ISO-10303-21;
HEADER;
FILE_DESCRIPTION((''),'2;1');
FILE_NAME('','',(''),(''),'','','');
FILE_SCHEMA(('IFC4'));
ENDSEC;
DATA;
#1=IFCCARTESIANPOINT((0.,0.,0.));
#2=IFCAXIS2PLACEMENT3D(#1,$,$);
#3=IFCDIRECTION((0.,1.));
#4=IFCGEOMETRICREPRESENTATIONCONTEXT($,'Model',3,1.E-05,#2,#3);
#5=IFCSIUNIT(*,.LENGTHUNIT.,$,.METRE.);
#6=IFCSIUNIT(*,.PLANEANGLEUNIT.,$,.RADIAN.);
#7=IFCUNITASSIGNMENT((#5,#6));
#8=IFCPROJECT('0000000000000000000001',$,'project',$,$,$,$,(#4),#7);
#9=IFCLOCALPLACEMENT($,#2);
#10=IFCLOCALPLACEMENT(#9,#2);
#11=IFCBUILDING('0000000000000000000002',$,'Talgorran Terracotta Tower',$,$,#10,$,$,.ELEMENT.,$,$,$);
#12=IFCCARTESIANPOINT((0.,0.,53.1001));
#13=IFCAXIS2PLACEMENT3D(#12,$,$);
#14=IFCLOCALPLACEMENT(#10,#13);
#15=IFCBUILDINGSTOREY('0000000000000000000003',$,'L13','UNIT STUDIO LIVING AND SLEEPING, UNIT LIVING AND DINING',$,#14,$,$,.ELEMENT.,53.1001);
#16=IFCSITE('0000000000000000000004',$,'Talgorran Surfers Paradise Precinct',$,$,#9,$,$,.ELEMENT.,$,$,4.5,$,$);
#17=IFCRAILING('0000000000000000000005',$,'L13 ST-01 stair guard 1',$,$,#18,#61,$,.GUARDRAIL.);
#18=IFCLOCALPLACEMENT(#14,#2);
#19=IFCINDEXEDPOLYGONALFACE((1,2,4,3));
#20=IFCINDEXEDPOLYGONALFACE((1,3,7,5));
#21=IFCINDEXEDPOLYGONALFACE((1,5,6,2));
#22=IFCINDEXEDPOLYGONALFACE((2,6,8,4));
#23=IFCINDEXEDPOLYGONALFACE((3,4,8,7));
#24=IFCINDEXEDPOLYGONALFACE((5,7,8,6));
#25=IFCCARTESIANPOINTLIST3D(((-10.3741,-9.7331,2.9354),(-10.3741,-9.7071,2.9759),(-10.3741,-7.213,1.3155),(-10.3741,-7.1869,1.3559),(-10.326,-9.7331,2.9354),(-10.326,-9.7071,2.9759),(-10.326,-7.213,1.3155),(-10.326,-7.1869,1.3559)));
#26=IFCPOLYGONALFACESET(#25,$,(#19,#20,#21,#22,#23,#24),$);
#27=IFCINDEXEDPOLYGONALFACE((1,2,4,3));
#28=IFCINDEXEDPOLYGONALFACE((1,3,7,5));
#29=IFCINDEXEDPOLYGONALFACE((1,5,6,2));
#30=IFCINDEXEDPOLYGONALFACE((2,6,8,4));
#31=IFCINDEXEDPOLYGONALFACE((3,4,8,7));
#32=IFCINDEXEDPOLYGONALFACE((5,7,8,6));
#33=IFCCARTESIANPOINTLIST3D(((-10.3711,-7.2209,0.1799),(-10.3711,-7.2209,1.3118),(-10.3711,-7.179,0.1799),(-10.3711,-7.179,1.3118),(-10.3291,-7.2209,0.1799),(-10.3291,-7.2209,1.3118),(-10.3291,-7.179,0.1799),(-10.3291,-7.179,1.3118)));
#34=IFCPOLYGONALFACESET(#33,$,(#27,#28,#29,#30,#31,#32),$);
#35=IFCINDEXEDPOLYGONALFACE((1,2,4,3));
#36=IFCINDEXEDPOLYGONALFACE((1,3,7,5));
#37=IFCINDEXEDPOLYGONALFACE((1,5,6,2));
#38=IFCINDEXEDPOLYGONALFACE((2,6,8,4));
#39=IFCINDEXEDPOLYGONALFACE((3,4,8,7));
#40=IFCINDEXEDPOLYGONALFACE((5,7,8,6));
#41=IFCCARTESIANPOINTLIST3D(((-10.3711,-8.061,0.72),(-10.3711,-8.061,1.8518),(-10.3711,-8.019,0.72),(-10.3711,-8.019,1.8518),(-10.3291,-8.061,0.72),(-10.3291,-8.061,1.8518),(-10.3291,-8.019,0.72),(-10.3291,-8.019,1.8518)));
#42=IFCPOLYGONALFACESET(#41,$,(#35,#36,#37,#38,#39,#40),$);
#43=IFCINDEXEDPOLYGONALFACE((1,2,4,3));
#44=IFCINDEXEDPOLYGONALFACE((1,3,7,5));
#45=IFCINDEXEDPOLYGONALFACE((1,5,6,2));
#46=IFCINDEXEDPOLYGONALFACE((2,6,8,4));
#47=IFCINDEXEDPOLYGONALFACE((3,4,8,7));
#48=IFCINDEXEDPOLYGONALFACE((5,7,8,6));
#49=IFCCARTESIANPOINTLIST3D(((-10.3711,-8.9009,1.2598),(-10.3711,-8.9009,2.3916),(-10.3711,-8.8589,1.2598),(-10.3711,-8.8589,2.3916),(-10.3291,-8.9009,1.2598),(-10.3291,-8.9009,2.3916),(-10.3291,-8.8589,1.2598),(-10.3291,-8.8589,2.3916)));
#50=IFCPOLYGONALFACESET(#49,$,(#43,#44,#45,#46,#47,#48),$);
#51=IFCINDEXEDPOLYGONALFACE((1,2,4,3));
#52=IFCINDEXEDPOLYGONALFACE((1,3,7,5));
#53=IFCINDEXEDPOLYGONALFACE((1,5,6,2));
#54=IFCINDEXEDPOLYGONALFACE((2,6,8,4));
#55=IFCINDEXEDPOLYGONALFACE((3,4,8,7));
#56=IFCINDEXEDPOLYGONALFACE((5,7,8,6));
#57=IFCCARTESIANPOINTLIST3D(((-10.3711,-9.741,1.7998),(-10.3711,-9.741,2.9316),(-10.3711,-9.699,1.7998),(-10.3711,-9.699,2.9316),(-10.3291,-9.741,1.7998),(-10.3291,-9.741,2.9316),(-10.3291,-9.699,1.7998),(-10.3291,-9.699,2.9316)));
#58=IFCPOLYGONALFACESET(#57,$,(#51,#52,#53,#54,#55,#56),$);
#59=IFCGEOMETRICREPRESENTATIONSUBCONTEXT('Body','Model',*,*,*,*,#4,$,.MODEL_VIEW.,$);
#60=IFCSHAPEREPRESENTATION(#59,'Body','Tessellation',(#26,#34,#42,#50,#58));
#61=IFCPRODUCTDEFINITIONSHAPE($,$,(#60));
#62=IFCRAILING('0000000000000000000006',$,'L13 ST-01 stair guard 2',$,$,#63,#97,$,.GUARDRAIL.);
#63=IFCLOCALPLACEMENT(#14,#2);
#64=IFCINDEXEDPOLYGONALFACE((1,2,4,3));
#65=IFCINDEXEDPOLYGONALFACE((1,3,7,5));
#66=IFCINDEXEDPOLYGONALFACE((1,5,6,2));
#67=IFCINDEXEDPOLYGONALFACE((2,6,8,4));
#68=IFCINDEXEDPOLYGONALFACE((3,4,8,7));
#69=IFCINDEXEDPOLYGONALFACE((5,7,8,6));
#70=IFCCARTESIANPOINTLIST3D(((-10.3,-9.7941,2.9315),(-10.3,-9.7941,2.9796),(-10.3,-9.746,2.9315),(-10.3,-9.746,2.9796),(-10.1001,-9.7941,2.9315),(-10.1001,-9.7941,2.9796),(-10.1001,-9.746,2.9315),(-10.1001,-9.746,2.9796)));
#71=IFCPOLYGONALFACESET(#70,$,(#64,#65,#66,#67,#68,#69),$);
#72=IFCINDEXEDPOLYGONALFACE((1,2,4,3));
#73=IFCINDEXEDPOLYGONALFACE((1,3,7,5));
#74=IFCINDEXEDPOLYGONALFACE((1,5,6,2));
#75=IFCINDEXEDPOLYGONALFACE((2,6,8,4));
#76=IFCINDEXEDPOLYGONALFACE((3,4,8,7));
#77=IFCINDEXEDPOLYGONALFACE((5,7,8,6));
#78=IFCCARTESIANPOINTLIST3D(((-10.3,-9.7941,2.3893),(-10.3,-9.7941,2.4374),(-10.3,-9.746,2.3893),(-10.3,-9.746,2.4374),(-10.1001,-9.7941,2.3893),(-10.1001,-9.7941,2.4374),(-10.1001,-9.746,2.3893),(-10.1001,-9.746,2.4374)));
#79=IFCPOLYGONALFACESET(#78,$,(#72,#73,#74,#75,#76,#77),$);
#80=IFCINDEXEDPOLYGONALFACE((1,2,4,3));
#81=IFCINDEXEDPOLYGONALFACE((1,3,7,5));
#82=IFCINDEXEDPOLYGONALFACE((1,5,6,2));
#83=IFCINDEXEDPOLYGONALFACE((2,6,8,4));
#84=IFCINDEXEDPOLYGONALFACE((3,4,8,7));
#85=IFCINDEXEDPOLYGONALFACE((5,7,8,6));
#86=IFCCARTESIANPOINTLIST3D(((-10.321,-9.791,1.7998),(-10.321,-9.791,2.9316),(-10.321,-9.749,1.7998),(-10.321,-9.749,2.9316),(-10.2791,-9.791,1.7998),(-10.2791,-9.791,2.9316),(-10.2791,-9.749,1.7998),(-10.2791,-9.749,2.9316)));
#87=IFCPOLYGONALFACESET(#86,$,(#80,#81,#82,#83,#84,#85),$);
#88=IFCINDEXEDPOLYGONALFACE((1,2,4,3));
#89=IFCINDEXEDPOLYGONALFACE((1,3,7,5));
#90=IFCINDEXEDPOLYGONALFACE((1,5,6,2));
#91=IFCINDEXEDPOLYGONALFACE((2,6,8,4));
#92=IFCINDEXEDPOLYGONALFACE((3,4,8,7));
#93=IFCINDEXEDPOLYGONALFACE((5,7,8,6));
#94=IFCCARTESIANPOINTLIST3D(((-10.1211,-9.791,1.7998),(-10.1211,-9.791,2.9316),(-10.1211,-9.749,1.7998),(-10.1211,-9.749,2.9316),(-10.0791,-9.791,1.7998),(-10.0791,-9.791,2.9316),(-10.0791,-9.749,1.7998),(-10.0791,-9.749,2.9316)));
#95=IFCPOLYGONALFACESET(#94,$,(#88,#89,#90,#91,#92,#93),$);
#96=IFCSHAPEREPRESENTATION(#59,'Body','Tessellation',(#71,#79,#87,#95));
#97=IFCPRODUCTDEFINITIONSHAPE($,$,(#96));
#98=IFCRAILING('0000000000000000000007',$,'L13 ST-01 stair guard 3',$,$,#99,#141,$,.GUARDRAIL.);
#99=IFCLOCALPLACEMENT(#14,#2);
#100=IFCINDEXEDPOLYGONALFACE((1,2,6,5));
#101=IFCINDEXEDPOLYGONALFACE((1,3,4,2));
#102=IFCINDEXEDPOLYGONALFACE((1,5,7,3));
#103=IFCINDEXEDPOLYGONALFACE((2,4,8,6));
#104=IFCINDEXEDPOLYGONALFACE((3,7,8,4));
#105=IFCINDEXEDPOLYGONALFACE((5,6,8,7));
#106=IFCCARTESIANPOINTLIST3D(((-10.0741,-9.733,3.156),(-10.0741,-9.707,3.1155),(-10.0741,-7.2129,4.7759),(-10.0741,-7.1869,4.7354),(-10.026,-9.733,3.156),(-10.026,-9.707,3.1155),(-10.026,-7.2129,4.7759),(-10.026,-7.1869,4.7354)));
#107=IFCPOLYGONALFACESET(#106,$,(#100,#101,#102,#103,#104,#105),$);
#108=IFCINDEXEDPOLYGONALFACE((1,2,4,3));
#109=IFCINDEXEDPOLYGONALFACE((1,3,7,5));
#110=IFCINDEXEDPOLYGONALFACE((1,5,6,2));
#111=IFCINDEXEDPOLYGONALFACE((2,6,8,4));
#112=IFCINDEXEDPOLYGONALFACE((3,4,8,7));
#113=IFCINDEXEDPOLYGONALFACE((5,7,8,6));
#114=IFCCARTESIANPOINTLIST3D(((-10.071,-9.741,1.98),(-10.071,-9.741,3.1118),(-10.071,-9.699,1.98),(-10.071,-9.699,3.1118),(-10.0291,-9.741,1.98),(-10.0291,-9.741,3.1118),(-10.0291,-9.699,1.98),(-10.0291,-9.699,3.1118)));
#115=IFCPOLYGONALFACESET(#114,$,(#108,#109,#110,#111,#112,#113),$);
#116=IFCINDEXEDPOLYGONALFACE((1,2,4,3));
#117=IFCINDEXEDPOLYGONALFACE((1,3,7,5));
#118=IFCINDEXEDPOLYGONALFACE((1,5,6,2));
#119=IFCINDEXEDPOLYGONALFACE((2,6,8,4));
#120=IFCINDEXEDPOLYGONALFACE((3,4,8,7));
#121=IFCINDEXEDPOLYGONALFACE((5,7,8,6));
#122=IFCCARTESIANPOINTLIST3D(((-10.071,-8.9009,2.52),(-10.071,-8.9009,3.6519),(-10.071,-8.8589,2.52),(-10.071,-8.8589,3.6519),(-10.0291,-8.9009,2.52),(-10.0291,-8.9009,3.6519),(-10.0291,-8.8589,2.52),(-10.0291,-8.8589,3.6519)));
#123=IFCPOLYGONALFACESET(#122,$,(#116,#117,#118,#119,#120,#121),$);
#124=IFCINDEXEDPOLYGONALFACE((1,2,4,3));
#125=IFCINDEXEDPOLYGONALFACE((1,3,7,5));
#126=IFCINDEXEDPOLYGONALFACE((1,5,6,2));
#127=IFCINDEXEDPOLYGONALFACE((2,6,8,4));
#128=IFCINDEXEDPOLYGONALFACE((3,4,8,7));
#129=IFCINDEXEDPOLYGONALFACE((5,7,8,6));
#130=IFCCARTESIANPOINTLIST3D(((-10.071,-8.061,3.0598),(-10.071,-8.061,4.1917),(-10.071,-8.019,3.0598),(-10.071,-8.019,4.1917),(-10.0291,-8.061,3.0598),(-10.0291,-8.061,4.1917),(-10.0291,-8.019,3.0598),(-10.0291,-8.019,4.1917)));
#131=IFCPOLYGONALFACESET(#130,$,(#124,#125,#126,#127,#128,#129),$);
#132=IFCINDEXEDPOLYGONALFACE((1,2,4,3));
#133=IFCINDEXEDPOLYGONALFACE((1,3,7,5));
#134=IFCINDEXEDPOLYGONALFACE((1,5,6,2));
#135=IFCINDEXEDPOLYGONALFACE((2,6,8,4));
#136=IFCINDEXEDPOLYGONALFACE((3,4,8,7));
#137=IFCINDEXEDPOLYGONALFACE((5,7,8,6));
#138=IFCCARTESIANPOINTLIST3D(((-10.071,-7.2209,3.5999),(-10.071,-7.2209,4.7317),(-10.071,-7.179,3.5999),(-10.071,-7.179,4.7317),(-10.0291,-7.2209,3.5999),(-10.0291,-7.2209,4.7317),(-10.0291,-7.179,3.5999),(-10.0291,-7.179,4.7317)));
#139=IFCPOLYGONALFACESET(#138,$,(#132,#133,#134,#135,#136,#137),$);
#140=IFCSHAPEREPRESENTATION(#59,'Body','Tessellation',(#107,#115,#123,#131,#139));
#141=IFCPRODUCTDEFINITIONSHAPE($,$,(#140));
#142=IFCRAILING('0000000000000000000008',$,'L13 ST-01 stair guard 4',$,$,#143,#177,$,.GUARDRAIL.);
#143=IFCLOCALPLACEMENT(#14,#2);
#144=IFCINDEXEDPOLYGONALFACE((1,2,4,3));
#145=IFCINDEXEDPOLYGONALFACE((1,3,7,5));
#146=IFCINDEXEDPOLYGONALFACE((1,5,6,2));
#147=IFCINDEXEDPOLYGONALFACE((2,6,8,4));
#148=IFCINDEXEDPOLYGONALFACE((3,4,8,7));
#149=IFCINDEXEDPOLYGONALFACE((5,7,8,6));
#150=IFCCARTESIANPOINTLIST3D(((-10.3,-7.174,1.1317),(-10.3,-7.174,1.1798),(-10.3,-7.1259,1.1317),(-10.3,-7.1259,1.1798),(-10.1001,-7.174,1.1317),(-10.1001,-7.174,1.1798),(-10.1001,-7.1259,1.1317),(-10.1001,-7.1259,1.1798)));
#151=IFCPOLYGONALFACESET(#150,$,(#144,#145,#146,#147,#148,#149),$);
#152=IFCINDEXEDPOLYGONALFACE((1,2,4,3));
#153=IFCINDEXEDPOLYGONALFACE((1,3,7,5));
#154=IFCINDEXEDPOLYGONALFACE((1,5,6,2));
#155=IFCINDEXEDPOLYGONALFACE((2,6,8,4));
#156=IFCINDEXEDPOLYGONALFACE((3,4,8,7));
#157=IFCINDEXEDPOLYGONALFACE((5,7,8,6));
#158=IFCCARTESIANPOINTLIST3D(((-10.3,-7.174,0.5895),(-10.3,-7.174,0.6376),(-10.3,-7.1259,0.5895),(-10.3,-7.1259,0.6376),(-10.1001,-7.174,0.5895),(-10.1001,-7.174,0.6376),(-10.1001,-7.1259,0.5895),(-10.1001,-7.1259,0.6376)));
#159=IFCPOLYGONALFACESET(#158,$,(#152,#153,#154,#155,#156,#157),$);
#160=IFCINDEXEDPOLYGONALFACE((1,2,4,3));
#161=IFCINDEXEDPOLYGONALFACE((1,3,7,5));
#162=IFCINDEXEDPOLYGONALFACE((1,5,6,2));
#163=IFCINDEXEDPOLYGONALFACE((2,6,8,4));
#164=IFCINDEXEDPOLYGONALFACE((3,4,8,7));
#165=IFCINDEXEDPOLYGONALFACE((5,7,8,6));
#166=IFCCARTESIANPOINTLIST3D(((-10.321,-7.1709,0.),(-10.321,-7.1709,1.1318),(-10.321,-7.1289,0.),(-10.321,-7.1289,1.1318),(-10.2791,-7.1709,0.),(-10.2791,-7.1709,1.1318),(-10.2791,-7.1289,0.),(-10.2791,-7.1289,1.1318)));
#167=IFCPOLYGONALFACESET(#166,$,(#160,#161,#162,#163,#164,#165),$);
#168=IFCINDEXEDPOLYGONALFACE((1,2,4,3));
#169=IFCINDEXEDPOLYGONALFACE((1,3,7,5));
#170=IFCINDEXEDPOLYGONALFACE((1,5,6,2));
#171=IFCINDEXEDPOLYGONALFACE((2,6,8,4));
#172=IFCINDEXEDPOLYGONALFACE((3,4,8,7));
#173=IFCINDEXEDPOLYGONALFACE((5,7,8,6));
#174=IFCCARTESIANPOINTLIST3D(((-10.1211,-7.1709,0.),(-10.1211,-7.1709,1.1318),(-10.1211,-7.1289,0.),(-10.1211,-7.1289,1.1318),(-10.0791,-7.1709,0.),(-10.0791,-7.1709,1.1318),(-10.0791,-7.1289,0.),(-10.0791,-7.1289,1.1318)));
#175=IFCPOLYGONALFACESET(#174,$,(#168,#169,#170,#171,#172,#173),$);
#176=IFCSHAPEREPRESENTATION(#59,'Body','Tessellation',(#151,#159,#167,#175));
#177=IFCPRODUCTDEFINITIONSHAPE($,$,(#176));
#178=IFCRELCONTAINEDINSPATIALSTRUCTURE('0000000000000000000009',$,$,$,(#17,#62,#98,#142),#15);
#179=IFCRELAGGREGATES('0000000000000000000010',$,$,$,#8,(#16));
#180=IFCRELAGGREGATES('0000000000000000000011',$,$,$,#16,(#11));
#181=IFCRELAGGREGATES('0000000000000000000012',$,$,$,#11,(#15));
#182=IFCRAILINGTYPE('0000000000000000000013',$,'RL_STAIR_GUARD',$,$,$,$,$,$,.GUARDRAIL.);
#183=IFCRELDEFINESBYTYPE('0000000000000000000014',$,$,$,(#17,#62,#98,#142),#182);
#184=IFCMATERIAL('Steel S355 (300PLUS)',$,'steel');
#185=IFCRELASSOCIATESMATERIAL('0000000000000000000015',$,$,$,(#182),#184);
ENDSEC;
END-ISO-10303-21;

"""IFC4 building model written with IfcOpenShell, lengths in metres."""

from ifc_helpers import new_model, si_unit, direction, frame, origin, origin_2d, place, context, subcontext, project, spatial, rectangle, extrude, material, type_object, element, save


model = new_model("IFC4")

# Units and contexts
model_context = context("Model", 3, precision=1e-05, world=origin(), true_north=direction((0.0, 1.0)))
body_context = subcontext(model_context, "Body", "Model", "MODEL_VIEW")
ifc_project = project(units=[si_unit("LENGTHUNIT", "METRE"), si_unit("PLANEANGLEUNIT", "RADIAN")], contexts=[model_context])

# Site, building, storey
site_placement = place(None, origin())
site = spatial("IfcSite", under=ifc_project, at=site_placement, Name="Talgorran Surfers Paradise Precinct", CompositionType="ELEMENT", RefElevation=4.5)
building_placement = place(site_placement, origin())
building = spatial("IfcBuilding", under=site, at=building_placement, Name="Talgorran Terracotta Tower", CompositionType="ELEMENT")
storey_placement = place(building_placement, frame((0.0, 0.0, 53.1001)))
storey = spatial("IfcBuildingStorey", under=building, at=storey_placement, Name="L13", Description="UNIT STUDIO LIVING AND SLEEPING, UNIT LIVING AND DINING", CompositionType="ELEMENT", Elevation=53.1001)

# Shared definitions
ifc_material_1 = material(Name="Steel S355 (300PLUS)", Category="steel")

# Railings
railing_type_1 = type_object("IfcRailingType", Name="RL_STAIR_GUARD", PredefinedType="GUARDRAIL", material=ifc_material_1)
railing_1_placement = place(storey_placement, frame((-10.3501, -7.2, 0.1799)))
element("IfcRailing", 1, at=railing_1_placement, inside=storey, type_object=railing_type_1, Name="L13 ST-01 stair guard 1", PredefinedType="GUARDRAIL", context=body_context, shape_type="SweptSolid", body=[
    extrude(rectangle(XDim=0.0481, YDim=0.0481, at=origin_2d()), frame((0.0, 0.0, 1.1558), z_axis=(0.0, -0.8412, 0.540725), x_axis=(1.0, 0.0, 0.0)), (0.0, 0.0, 1.0), 2.9958),
    extrude(rectangle(XDim=0.042, YDim=0.042, at=origin_2d()), origin(), (0.0, 0.0, 1.0), 1.1318),
    extrude(rectangle(XDim=0.042, YDim=0.042, at=origin_2d()), frame((0.0, -0.8401, 0.54)), (0.0, 0.0, 1.0), 1.1318),
    extrude(rectangle(XDim=0.042, YDim=0.042, at=origin_2d()), frame((0.0, -1.6799, 1.0798)), (0.0, 0.0, 1.0), 1.1318),
    extrude(rectangle(XDim=0.042, YDim=0.042, at=origin_2d()), frame((0.0, -2.52, 1.6199)), (0.0, 0.0, 1.0), 1.1318),
])
railing_2_placement = place(storey_placement, frame((-10.3, -9.77, 1.7998)))
element("IfcRailing", 2, at=railing_2_placement, inside=storey, type_object=railing_type_1, Name="L13 ST-01 stair guard 2", PredefinedType="GUARDRAIL", context=body_context, shape_type="SweptSolid", body=[
    extrude(rectangle(XDim=0.0481, YDim=0.0481, at=origin_2d()), frame((0.0, 0.0, 1.1558), z_axis=(1.0, 0.0, 0.0), x_axis=(0.0, 1.0, 0.0)), (0.0, 0.0, 1.0), 0.2),
    extrude(rectangle(XDim=0.0481, YDim=0.0481, at=origin_2d()), frame((0.0, 0.0, 0.6135), z_axis=(1.0, 0.0, 0.0), x_axis=(0.0, 1.0, 0.0)), (0.0, 0.0, 1.0), 0.2),
    extrude(rectangle(XDim=0.042, YDim=0.042, at=origin_2d()), origin(), (0.0, 0.0, 1.0), 1.1318),
    extrude(rectangle(XDim=0.042, YDim=0.042, at=origin_2d()), frame((0.2, 0.0, 0.0)), (0.0, 0.0, 1.0), 1.1318),
])
railing_3_placement = place(storey_placement, frame((-10.05, -9.72, 1.98)))
element("IfcRailing", 3, at=railing_3_placement, inside=storey, type_object=railing_type_1, Name="L13 ST-01 stair guard 3", PredefinedType="GUARDRAIL", context=body_context, shape_type="SweptSolid", body=[
    extrude(rectangle(XDim=0.0481, YDim=0.0481, at=origin_2d()), frame((0.0, 0.0, 1.1558), z_axis=(0.0, 0.8412, 0.540725), x_axis=(-1.0, 0.0, 0.0)), (0.0, 0.0, 1.0), 2.9958),
    extrude(rectangle(XDim=0.042, YDim=0.042, at=origin_2d()), origin(), (0.0, 0.0, 1.0), 1.1318),
    extrude(rectangle(XDim=0.042, YDim=0.042, at=origin_2d()), frame((0.0, 0.8401, 0.54)), (0.0, 0.0, 1.0), 1.1318),
    extrude(rectangle(XDim=0.042, YDim=0.042, at=origin_2d()), frame((0.0, 1.6799, 1.0798)), (0.0, 0.0, 1.0), 1.1318),
    extrude(rectangle(XDim=0.042, YDim=0.042, at=origin_2d()), frame((0.0, 2.52, 1.6199)), (0.0, 0.0, 1.0), 1.1318),
])
railing_4_placement = place(storey_placement, frame((-10.3, -7.1499, 0.0)))
element("IfcRailing", 4, at=railing_4_placement, inside=storey, type_object=railing_type_1, Name="L13 ST-01 stair guard 4", PredefinedType="GUARDRAIL", context=body_context, shape_type="SweptSolid", body=[
    extrude(rectangle(XDim=0.0481, YDim=0.0481, at=origin_2d()), frame((0.0, 0.0, 1.1558), z_axis=(1.0, 0.0, 0.0), x_axis=(0.0, 1.0, 0.0)), (0.0, 0.0, 1.0), 0.2),
    extrude(rectangle(XDim=0.0481, YDim=0.0481, at=origin_2d()), frame((0.0, 0.0, 0.6135), z_axis=(1.0, 0.0, 0.0), x_axis=(0.0, 1.0, 0.0)), (0.0, 0.0, 1.0), 0.2),
    extrude(rectangle(XDim=0.042, YDim=0.042, at=origin_2d()), origin(), (0.0, 0.0, 1.0), 1.1318),
    extrude(rectangle(XDim=0.042, YDim=0.042, at=origin_2d()), frame((0.2, 0.0, 0.0)), (0.0, 0.0, 1.0), 1.1318),
])

save(model, "model.ifc")
